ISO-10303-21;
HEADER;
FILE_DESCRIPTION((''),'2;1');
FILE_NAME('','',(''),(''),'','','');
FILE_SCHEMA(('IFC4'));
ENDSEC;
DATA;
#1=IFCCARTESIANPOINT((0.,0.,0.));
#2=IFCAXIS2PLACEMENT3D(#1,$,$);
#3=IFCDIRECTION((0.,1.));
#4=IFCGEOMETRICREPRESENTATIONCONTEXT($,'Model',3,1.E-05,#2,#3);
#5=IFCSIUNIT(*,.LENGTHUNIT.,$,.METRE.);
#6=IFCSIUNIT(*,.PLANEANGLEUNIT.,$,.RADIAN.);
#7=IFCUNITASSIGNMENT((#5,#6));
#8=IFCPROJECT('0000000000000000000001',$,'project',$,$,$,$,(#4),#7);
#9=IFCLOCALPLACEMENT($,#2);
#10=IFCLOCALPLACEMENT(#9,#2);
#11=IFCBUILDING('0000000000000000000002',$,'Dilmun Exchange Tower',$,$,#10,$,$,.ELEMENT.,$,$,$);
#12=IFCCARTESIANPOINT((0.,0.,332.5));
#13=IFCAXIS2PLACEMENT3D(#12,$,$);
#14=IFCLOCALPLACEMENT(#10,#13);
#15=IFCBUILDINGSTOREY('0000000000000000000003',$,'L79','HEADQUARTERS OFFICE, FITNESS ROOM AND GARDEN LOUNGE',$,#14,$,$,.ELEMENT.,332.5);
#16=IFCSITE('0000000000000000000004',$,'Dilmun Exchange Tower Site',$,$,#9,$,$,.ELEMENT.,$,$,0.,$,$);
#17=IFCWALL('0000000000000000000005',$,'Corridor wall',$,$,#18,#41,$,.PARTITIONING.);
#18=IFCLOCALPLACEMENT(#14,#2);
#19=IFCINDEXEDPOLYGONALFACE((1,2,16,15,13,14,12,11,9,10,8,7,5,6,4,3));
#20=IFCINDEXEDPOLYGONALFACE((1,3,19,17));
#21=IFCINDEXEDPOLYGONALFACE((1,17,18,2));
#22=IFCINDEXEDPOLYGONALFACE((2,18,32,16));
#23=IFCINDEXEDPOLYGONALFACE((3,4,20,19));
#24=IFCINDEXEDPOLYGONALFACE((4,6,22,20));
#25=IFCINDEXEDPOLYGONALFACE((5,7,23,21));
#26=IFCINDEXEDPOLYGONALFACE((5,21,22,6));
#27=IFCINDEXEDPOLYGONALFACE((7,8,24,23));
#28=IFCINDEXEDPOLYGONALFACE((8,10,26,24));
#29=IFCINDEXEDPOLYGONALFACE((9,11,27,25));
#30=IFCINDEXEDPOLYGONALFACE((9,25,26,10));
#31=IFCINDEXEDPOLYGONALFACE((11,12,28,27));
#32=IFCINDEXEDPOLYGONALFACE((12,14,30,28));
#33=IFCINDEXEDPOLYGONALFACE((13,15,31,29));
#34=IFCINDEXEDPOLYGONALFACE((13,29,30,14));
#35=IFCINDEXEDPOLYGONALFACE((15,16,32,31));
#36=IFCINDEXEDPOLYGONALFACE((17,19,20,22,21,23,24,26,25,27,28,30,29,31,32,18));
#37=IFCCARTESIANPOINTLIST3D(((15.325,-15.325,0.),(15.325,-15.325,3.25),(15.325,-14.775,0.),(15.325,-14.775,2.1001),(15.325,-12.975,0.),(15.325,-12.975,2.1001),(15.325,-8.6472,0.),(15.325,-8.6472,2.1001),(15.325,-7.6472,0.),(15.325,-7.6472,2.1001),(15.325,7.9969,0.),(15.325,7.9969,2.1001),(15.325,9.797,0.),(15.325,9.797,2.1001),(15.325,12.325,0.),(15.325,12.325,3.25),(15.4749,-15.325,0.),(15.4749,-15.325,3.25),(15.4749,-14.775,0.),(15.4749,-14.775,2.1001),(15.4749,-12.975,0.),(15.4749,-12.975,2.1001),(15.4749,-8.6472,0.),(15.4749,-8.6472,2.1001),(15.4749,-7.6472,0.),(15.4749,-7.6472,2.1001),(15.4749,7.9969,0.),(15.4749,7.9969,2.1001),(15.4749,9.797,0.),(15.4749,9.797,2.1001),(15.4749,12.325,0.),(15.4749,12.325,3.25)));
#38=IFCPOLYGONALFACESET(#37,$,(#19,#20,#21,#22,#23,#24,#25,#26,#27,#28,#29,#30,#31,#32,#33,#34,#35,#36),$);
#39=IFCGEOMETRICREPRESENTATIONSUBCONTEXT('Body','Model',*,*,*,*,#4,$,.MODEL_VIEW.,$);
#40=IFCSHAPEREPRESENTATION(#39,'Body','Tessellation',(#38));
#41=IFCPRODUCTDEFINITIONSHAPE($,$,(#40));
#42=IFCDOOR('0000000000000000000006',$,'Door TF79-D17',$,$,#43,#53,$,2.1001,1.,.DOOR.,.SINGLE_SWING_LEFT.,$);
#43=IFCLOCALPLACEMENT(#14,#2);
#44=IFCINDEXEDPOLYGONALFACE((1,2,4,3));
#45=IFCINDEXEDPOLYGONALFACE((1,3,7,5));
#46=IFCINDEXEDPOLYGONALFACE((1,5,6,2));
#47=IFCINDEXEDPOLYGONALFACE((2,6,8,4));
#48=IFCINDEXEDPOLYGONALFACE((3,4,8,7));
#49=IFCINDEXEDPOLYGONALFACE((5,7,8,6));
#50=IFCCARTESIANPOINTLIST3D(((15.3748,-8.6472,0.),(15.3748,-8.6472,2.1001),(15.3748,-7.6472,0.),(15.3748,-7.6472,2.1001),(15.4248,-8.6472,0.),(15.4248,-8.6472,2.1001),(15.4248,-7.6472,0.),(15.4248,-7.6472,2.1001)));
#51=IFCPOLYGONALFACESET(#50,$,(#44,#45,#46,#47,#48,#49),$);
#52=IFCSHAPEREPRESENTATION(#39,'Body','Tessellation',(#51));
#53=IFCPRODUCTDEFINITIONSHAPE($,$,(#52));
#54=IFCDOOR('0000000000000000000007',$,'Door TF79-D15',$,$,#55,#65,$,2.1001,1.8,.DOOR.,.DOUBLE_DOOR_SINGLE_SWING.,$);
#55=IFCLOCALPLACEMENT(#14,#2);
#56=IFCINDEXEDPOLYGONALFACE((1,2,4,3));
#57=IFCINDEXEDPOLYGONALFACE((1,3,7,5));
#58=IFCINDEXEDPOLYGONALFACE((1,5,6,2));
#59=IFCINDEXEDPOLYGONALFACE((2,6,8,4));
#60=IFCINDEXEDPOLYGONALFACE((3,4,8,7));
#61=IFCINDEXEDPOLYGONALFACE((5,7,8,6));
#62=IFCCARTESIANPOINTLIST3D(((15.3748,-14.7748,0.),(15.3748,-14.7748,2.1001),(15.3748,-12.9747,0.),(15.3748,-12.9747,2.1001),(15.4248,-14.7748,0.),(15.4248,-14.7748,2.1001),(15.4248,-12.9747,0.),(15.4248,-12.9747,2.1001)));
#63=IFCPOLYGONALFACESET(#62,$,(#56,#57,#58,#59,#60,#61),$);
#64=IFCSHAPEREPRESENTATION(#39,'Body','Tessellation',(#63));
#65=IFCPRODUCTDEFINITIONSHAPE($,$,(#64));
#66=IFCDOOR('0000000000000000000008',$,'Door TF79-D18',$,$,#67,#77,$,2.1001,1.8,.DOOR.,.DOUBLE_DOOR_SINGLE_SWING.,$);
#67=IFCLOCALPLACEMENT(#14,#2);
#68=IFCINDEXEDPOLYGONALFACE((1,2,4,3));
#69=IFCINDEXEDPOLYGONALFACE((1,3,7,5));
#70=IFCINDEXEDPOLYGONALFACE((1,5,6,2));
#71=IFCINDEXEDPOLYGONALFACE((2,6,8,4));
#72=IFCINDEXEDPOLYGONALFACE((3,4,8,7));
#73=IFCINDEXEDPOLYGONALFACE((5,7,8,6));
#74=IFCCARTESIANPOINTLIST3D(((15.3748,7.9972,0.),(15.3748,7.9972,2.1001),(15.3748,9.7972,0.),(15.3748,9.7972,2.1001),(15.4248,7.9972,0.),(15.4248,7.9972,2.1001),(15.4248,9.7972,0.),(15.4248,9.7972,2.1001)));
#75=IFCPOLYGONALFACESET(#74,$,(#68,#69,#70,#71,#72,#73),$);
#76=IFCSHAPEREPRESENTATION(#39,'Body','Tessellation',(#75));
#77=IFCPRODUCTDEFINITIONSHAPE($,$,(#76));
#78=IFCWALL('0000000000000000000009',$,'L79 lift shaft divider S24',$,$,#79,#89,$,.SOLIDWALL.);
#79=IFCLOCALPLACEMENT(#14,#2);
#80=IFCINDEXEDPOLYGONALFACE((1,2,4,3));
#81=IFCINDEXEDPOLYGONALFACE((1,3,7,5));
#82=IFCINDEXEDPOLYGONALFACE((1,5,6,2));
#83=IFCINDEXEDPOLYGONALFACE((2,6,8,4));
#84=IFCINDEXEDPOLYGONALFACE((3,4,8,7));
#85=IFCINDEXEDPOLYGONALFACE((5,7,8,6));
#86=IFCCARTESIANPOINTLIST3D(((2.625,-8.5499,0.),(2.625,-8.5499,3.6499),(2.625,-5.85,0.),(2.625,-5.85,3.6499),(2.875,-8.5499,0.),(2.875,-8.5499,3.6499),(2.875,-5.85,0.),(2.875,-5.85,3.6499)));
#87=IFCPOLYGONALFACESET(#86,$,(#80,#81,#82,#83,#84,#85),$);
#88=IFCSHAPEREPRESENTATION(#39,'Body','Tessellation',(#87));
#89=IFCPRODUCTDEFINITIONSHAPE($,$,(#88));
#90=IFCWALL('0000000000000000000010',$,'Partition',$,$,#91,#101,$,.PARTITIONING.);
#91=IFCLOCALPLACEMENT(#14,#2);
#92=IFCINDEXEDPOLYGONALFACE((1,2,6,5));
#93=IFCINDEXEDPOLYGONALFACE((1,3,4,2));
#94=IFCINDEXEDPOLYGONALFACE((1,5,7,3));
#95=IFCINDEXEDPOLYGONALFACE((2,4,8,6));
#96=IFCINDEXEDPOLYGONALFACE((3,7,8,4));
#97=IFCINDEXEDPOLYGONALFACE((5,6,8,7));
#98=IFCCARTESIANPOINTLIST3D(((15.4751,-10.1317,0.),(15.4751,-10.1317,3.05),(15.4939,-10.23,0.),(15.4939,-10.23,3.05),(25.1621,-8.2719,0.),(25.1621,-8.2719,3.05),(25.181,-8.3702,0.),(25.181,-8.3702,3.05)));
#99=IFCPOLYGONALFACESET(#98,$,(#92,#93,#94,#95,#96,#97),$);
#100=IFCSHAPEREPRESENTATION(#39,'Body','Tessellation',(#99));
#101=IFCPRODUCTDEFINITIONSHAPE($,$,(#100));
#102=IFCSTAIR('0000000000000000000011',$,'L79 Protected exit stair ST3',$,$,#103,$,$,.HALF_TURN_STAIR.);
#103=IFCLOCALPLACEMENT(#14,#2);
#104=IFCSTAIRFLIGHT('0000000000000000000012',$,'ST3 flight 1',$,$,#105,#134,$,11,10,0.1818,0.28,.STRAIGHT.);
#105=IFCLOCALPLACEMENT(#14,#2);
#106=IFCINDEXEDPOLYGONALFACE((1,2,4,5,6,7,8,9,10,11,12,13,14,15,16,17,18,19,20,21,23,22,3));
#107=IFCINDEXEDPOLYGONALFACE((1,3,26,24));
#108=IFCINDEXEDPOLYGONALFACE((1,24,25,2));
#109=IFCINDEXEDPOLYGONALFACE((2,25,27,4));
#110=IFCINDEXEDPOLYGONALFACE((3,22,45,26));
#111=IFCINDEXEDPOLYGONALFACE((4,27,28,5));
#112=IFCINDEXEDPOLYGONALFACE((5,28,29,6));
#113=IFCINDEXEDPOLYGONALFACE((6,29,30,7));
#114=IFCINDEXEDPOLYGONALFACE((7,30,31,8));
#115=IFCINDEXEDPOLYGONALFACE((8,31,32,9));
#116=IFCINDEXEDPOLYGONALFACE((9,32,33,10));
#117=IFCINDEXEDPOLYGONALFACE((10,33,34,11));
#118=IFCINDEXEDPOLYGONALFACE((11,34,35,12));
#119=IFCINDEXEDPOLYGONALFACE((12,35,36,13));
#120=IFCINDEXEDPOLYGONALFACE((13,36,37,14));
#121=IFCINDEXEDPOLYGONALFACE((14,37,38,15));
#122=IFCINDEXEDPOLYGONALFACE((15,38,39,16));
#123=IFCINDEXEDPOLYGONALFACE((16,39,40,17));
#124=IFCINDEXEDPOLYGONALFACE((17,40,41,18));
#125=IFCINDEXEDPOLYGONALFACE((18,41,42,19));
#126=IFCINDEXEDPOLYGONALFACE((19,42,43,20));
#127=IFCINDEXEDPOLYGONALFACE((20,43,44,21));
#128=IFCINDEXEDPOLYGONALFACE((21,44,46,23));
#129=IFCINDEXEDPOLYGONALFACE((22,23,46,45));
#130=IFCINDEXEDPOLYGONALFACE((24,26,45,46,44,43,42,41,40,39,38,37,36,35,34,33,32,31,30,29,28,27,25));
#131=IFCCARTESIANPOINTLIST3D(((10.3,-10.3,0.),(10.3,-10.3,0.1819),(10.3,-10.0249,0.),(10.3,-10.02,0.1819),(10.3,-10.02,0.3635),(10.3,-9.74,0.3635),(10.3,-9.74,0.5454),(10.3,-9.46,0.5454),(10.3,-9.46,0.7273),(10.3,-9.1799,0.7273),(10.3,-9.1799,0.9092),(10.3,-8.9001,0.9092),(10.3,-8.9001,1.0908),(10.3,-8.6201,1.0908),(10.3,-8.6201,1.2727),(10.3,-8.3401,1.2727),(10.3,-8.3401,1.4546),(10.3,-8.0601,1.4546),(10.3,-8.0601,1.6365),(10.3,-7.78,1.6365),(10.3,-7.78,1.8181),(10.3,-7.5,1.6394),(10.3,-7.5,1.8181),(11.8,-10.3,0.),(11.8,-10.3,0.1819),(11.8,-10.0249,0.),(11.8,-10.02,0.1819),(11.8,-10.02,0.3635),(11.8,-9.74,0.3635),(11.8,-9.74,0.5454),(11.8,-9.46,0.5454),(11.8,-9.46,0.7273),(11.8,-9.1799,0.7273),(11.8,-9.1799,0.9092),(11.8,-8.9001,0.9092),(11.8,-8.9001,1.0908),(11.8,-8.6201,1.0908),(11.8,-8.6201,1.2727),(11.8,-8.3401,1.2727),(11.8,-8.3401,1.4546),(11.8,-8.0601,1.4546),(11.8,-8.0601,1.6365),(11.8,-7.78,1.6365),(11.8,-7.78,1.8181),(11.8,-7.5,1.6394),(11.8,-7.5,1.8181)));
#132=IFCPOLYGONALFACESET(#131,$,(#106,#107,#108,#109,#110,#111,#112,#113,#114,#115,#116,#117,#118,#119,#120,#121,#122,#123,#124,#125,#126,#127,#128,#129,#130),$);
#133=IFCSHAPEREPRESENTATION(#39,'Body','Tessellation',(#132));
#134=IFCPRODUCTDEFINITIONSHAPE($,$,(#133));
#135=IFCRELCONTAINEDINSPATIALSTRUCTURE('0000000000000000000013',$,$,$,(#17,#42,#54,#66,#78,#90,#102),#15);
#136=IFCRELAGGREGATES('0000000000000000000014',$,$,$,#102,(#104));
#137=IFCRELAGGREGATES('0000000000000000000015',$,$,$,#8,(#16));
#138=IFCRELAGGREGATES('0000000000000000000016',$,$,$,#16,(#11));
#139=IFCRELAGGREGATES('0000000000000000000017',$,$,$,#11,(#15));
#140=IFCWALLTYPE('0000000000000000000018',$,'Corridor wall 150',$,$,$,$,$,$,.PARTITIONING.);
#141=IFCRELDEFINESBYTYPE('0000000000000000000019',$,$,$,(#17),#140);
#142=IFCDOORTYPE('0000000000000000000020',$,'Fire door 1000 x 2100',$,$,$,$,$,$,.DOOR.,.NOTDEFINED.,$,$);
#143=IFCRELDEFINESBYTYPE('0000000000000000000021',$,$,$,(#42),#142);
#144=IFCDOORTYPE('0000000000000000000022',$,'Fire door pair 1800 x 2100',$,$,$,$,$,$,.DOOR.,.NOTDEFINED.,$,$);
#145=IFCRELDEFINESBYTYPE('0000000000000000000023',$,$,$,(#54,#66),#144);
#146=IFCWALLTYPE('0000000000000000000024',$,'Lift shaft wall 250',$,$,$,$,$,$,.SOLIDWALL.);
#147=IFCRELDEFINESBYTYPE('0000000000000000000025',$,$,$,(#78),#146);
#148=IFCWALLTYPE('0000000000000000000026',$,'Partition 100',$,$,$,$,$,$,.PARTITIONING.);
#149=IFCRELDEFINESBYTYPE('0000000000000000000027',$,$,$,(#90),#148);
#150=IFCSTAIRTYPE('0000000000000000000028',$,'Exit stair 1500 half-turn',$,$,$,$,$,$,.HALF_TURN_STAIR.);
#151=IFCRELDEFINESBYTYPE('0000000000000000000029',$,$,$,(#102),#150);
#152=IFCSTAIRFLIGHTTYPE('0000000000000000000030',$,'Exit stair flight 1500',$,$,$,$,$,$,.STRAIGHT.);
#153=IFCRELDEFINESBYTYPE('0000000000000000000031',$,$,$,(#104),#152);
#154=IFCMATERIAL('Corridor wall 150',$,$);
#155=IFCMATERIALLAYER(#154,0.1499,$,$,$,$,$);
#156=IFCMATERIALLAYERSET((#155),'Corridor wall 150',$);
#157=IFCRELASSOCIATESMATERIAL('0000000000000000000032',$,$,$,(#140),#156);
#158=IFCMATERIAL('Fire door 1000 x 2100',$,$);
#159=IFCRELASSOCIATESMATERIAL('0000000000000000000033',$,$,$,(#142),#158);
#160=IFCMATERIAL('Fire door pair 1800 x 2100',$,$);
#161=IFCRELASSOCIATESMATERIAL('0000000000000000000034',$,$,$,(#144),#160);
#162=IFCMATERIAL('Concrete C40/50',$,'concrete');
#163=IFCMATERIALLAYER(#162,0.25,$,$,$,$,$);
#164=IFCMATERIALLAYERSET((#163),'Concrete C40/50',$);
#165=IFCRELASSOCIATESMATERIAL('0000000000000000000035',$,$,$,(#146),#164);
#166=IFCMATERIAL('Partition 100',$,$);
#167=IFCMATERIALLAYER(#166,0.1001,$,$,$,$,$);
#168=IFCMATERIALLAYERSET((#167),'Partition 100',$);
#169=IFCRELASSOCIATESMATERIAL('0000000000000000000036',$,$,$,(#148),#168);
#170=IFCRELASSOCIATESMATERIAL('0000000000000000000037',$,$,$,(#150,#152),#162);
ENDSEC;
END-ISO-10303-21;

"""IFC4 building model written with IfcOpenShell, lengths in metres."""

from ifc_helpers import new_model, si_unit, direction, frame, frame_2d, origin, place, context, subcontext, project, spatial, polyline, rectangle, outline, extrude, material, layer, layer_set, type_object, element, fill, aggregate, save


model = new_model("IFC4")

# Units and contexts
model_context = context("Model", 3, precision=1e-05, world=origin(), true_north=direction((0.0, 1.0)))
body_context = subcontext(model_context, "Body", "Model", "MODEL_VIEW")
ifc_project = project(units=[si_unit("LENGTHUNIT", "METRE"), si_unit("PLANEANGLEUNIT", "RADIAN")], contexts=[model_context])

# Site, building, storey
site_placement = place(None, origin())
site = spatial("IfcSite", under=ifc_project, at=site_placement, Name="Dilmun Exchange Tower Site", CompositionType="ELEMENT", RefElevation=0.0)
building_placement = place(site_placement, origin())
building = spatial("IfcBuilding", under=site, at=building_placement, Name="Dilmun Exchange Tower", CompositionType="ELEMENT")
storey_placement = place(building_placement, frame((0.0, 0.0, 332.5)))
storey = spatial("IfcBuildingStorey", under=building, at=storey_placement, Name="L79", Description="HEADQUARTERS OFFICE, FITNESS ROOM AND GARDEN LOUNGE", CompositionType="ELEMENT", Elevation=332.5)

# Shared definitions
ifc_material_1 = material(Name="Concrete C40/50", Category="concrete")

# Shared definitions
ifc_material_2 = material(Name="Corridor wall 150")
ifc_layer_1 = layer(ifc_material_2, 0.1499)
ifc_layer_set_1 = layer_set([ifc_layer_1], Name="Corridor wall 150")
wall_type_1 = type_object("IfcWallType", Name="Corridor wall 150", PredefinedType="PARTITIONING", material=ifc_layer_set_1)
ifc_material_3 = material(Name="Fire door 1000 x 2100")
door_type_1 = type_object("IfcDoorType", Name="Fire door 1000 x 2100", OperationType="NOTDEFINED", PredefinedType="DOOR", material=ifc_material_3)

# Wall, openings, doors
wall_1_placement = place(storey_placement, frame((15.3999, -15.325, 0.0), z_axis=(0.0, 0.0, 1.0), x_axis=(0.0, 1.0, 0.0)))
wall_1 = element("IfcWall", 1, at=wall_1_placement, inside=storey, type_object=wall_type_1, Name="Corridor wall", PredefinedType="PARTITIONING", context=body_context, shape_type="SweptSolid", body=[
    extrude(rectangle(XDim=27.6499, YDim=0.1499, at=frame_2d((13.825, 0.0))), origin(), (0.0, 0.0, 1.0), 3.25),
])
opening_1_placement = place(wall_1_placement, frame((0.55, 0.0, 0.0)))
opening_1 = element("IfcOpeningElement", 2, at=opening_1_placement, cuts=wall_1, PredefinedType="OPENING", context=body_context, shape_type="SweptSolid", body=[
    extrude(rectangle(XDim=1.8, YDim=2.1001, at=frame_2d((0.8999, 1.05))), frame((0.0, 0.085, 0.0), z_axis=(0.0, -1.0, 0.0), x_axis=(1.0, 0.0, 0.0)), (0.0, 0.0, 1.0), 0.1699),
])
opening_2_placement = place(wall_1_placement, frame((6.6777, 0.0, 0.0)))
opening_2 = element("IfcOpeningElement", 3, at=opening_2_placement, cuts=wall_1, PredefinedType="OPENING", context=body_context, shape_type="SweptSolid", body=[
    extrude(rectangle(XDim=1.0, YDim=2.1001, at=frame_2d((0.5, 1.05))), frame((0.0, 0.085, 0.0), z_axis=(0.0, -1.0, 0.0), x_axis=(1.0, 0.0, 0.0)), (0.0, 0.0, 1.0), 0.1699),
])
opening_3_placement = place(wall_1_placement, frame((23.322, 0.0, 0.0)))
opening_3 = element("IfcOpeningElement", 4, at=opening_3_placement, cuts=wall_1, PredefinedType="OPENING", context=body_context, shape_type="SweptSolid", body=[
    extrude(rectangle(XDim=1.8, YDim=2.1001, at=frame_2d((0.8999, 1.05))), frame((0.0, 0.085, 0.0), z_axis=(0.0, -1.0, 0.0), x_axis=(1.0, 0.0, 0.0)), (0.0, 0.0, 1.0), 0.1699),
])
door_1_placement = place(opening_2_placement, frame((1.0, 0.0, 0.0), z_axis=(0.0, 0.0, 1.0), x_axis=(-1.0, 0.0, 0.0)))
door_1 = element("IfcDoor", 5, at=door_1_placement, inside=storey, type_object=door_type_1, Name="Door TF79-D17", OperationType="SINGLE_SWING_LEFT", OverallHeight=2.1001, OverallWidth=1.0, PredefinedType="DOOR", context=body_context, shape_type="SweptSolid", body=[
    extrude(rectangle(XDim=1.0, YDim=2.1001, at=frame_2d((0.5, 1.05))), frame((0.0, 0.0249, 0.0), z_axis=(0.0, -1.0, 0.0), x_axis=(1.0, 0.0, 0.0)), (0.0, 0.0, 1.0), 0.05),
])
fill(opening_2, door_1)
ifc_material_4 = material(Name="Fire door pair 1800 x 2100")
door_type_2 = type_object("IfcDoorType", Name="Fire door pair 1800 x 2100", OperationType="NOTDEFINED", PredefinedType="DOOR", material=ifc_material_4)
door_2_placement = place(opening_1_placement, frame((1.8, 0.0, 0.0), z_axis=(0.0, 0.0, 1.0), x_axis=(-1.0, 0.0, 0.0)))
door_2 = element("IfcDoor", 6, at=door_2_placement, inside=storey, type_object=door_type_2, Name="Door TF79-D15", OperationType="DOUBLE_DOOR_SINGLE_SWING", OverallHeight=2.1001, OverallWidth=1.8, PredefinedType="DOOR", context=body_context, shape_type="SweptSolid", body=[
    extrude(rectangle(XDim=1.8, YDim=2.1001, at=frame_2d((0.8999, 1.05))), frame((0.0, 0.0249, 0.0), z_axis=(0.0, -1.0, 0.0), x_axis=(1.0, 0.0, 0.0)), (0.0, 0.0, 1.0), 0.05),
])
fill(opening_1, door_2)
door_3_placement = place(opening_3_placement, frame((1.8, 0.0, 0.0), z_axis=(0.0, 0.0, 1.0), x_axis=(-1.0, 0.0, 0.0)))
door_3 = element("IfcDoor", 7, at=door_3_placement, inside=storey, type_object=door_type_2, Name="Door TF79-D18", OperationType="DOUBLE_DOOR_SINGLE_SWING", OverallHeight=2.1001, OverallWidth=1.8, PredefinedType="DOOR", context=body_context, shape_type="SweptSolid", body=[
    extrude(rectangle(XDim=1.8, YDim=2.1001, at=frame_2d((0.8999, 1.05))), frame((0.0, 0.0249, 0.0), z_axis=(0.0, -1.0, 0.0), x_axis=(1.0, 0.0, 0.0)), (0.0, 0.0, 1.0), 0.05),
])
fill(opening_3, door_3)

# Walls
ifc_layer_2 = layer(ifc_material_1, 0.25)
ifc_layer_set_2 = layer_set([ifc_layer_2], Name="Concrete C40/50")
wall_type_2 = type_object("IfcWallType", Name="Lift shaft wall 250", PredefinedType="SOLIDWALL", material=ifc_layer_set_2)
wall_2_placement = place(storey_placement, frame((2.75, -8.55, 0.0), z_axis=(0.0, 0.0, 1.0), x_axis=(0.0, 1.0, 0.0)))
element("IfcWall", 8, at=wall_2_placement, inside=storey, type_object=wall_type_2, Name="L79 lift shaft divider S24", PredefinedType="SOLIDWALL", context=body_context, shape_type="SweptSolid", body=[
    extrude(rectangle(XDim=2.7, YDim=0.25, at=frame_2d((1.3501, 0.0))), origin(), (0.0, 0.0, 1.0), 3.6499),
])
ifc_material_5 = material(Name="Partition 100")
ifc_layer_3 = layer(ifc_material_5, 0.1001)
ifc_layer_set_3 = layer_set([ifc_layer_3], Name="Partition 100")
wall_type_3 = type_object("IfcWallType", Name="Partition 100", PredefinedType="PARTITIONING", material=ifc_layer_set_3)
wall_3_placement = place(storey_placement, frame((15.4844, -10.1809, 0.0), z_axis=(0.0, 0.0, 1.0), x_axis=(0.982063, 0.188552, 0.0)))
element("IfcWall", 9, at=wall_3_placement, inside=storey, type_object=wall_type_3, Name="Partition", PredefinedType="PARTITIONING", context=body_context, shape_type="SweptSolid", body=[
    extrude(rectangle(XDim=9.864, YDim=0.1001, at=frame_2d((4.9321, 0.0))), origin(), (0.0, 0.0, 1.0), 3.05),
])

# Stair, stair flight
stair_type = type_object("IfcStairType", Name="Exit stair 1500 half-turn", PredefinedType="HALF_TURN_STAIR", material=ifc_material_1)
stair_placement = place(storey_placement, origin())
stair = element("IfcStair", 10, at=stair_placement, inside=storey, type_object=stair_type, Name="L79 Protected exit stair ST3", PredefinedType="HALF_TURN_STAIR")
stair_flight_type = type_object("IfcStairFlightType", Name="Exit stair flight 1500", PredefinedType="STRAIGHT", material=ifc_material_1)
stair_flight_placement = place(storey_placement, frame((11.05, -10.3, 0.0), z_axis=(0.0, 0.0, 1.0), x_axis=(0.0, 1.0, 0.0)))
stair_flight = element("IfcStairFlight", 11, at=stair_flight_placement, type_object=stair_flight_type, Name="ST3 flight 1", NumberOfRisers=11, NumberOfTreads=10, PredefinedType="STRAIGHT", RiserHeight=0.1818, TreadLength=0.28, context=body_context, shape_type="SweptSolid", body=[
    extrude(outline(polyline([(0.0, 0.0), (0.0, 0.1819), (0.28, 0.1819), (0.28, 0.3635), (0.5601, 0.3635), (0.5601, 0.5454), (0.8401, 0.5454), (0.8401, 0.7273), (1.1201, 0.7273), (1.1201, 0.9092), (1.3999, 0.9092), (1.3999, 1.0908), (1.6799, 1.0908), (1.6799, 1.2727), (1.96, 1.2727), (1.96, 1.4546), (2.24, 1.4546), (2.24, 1.6365), (2.52, 1.6365), (2.52, 1.8181), (2.8, 1.8181), (2.8, 2.0), (2.8, 1.6394), (0.2751, 0.0), (0.0, 0.0)])), frame((0.0, 0.75, 0.0), z_axis=(0.0, -1.0, 0.0), x_axis=(1.0, 0.0, 0.0)), (0.0, 0.0, 1.0), 1.5),
])
aggregate(stair, [stair_flight])

save(model, "model.ifc")
